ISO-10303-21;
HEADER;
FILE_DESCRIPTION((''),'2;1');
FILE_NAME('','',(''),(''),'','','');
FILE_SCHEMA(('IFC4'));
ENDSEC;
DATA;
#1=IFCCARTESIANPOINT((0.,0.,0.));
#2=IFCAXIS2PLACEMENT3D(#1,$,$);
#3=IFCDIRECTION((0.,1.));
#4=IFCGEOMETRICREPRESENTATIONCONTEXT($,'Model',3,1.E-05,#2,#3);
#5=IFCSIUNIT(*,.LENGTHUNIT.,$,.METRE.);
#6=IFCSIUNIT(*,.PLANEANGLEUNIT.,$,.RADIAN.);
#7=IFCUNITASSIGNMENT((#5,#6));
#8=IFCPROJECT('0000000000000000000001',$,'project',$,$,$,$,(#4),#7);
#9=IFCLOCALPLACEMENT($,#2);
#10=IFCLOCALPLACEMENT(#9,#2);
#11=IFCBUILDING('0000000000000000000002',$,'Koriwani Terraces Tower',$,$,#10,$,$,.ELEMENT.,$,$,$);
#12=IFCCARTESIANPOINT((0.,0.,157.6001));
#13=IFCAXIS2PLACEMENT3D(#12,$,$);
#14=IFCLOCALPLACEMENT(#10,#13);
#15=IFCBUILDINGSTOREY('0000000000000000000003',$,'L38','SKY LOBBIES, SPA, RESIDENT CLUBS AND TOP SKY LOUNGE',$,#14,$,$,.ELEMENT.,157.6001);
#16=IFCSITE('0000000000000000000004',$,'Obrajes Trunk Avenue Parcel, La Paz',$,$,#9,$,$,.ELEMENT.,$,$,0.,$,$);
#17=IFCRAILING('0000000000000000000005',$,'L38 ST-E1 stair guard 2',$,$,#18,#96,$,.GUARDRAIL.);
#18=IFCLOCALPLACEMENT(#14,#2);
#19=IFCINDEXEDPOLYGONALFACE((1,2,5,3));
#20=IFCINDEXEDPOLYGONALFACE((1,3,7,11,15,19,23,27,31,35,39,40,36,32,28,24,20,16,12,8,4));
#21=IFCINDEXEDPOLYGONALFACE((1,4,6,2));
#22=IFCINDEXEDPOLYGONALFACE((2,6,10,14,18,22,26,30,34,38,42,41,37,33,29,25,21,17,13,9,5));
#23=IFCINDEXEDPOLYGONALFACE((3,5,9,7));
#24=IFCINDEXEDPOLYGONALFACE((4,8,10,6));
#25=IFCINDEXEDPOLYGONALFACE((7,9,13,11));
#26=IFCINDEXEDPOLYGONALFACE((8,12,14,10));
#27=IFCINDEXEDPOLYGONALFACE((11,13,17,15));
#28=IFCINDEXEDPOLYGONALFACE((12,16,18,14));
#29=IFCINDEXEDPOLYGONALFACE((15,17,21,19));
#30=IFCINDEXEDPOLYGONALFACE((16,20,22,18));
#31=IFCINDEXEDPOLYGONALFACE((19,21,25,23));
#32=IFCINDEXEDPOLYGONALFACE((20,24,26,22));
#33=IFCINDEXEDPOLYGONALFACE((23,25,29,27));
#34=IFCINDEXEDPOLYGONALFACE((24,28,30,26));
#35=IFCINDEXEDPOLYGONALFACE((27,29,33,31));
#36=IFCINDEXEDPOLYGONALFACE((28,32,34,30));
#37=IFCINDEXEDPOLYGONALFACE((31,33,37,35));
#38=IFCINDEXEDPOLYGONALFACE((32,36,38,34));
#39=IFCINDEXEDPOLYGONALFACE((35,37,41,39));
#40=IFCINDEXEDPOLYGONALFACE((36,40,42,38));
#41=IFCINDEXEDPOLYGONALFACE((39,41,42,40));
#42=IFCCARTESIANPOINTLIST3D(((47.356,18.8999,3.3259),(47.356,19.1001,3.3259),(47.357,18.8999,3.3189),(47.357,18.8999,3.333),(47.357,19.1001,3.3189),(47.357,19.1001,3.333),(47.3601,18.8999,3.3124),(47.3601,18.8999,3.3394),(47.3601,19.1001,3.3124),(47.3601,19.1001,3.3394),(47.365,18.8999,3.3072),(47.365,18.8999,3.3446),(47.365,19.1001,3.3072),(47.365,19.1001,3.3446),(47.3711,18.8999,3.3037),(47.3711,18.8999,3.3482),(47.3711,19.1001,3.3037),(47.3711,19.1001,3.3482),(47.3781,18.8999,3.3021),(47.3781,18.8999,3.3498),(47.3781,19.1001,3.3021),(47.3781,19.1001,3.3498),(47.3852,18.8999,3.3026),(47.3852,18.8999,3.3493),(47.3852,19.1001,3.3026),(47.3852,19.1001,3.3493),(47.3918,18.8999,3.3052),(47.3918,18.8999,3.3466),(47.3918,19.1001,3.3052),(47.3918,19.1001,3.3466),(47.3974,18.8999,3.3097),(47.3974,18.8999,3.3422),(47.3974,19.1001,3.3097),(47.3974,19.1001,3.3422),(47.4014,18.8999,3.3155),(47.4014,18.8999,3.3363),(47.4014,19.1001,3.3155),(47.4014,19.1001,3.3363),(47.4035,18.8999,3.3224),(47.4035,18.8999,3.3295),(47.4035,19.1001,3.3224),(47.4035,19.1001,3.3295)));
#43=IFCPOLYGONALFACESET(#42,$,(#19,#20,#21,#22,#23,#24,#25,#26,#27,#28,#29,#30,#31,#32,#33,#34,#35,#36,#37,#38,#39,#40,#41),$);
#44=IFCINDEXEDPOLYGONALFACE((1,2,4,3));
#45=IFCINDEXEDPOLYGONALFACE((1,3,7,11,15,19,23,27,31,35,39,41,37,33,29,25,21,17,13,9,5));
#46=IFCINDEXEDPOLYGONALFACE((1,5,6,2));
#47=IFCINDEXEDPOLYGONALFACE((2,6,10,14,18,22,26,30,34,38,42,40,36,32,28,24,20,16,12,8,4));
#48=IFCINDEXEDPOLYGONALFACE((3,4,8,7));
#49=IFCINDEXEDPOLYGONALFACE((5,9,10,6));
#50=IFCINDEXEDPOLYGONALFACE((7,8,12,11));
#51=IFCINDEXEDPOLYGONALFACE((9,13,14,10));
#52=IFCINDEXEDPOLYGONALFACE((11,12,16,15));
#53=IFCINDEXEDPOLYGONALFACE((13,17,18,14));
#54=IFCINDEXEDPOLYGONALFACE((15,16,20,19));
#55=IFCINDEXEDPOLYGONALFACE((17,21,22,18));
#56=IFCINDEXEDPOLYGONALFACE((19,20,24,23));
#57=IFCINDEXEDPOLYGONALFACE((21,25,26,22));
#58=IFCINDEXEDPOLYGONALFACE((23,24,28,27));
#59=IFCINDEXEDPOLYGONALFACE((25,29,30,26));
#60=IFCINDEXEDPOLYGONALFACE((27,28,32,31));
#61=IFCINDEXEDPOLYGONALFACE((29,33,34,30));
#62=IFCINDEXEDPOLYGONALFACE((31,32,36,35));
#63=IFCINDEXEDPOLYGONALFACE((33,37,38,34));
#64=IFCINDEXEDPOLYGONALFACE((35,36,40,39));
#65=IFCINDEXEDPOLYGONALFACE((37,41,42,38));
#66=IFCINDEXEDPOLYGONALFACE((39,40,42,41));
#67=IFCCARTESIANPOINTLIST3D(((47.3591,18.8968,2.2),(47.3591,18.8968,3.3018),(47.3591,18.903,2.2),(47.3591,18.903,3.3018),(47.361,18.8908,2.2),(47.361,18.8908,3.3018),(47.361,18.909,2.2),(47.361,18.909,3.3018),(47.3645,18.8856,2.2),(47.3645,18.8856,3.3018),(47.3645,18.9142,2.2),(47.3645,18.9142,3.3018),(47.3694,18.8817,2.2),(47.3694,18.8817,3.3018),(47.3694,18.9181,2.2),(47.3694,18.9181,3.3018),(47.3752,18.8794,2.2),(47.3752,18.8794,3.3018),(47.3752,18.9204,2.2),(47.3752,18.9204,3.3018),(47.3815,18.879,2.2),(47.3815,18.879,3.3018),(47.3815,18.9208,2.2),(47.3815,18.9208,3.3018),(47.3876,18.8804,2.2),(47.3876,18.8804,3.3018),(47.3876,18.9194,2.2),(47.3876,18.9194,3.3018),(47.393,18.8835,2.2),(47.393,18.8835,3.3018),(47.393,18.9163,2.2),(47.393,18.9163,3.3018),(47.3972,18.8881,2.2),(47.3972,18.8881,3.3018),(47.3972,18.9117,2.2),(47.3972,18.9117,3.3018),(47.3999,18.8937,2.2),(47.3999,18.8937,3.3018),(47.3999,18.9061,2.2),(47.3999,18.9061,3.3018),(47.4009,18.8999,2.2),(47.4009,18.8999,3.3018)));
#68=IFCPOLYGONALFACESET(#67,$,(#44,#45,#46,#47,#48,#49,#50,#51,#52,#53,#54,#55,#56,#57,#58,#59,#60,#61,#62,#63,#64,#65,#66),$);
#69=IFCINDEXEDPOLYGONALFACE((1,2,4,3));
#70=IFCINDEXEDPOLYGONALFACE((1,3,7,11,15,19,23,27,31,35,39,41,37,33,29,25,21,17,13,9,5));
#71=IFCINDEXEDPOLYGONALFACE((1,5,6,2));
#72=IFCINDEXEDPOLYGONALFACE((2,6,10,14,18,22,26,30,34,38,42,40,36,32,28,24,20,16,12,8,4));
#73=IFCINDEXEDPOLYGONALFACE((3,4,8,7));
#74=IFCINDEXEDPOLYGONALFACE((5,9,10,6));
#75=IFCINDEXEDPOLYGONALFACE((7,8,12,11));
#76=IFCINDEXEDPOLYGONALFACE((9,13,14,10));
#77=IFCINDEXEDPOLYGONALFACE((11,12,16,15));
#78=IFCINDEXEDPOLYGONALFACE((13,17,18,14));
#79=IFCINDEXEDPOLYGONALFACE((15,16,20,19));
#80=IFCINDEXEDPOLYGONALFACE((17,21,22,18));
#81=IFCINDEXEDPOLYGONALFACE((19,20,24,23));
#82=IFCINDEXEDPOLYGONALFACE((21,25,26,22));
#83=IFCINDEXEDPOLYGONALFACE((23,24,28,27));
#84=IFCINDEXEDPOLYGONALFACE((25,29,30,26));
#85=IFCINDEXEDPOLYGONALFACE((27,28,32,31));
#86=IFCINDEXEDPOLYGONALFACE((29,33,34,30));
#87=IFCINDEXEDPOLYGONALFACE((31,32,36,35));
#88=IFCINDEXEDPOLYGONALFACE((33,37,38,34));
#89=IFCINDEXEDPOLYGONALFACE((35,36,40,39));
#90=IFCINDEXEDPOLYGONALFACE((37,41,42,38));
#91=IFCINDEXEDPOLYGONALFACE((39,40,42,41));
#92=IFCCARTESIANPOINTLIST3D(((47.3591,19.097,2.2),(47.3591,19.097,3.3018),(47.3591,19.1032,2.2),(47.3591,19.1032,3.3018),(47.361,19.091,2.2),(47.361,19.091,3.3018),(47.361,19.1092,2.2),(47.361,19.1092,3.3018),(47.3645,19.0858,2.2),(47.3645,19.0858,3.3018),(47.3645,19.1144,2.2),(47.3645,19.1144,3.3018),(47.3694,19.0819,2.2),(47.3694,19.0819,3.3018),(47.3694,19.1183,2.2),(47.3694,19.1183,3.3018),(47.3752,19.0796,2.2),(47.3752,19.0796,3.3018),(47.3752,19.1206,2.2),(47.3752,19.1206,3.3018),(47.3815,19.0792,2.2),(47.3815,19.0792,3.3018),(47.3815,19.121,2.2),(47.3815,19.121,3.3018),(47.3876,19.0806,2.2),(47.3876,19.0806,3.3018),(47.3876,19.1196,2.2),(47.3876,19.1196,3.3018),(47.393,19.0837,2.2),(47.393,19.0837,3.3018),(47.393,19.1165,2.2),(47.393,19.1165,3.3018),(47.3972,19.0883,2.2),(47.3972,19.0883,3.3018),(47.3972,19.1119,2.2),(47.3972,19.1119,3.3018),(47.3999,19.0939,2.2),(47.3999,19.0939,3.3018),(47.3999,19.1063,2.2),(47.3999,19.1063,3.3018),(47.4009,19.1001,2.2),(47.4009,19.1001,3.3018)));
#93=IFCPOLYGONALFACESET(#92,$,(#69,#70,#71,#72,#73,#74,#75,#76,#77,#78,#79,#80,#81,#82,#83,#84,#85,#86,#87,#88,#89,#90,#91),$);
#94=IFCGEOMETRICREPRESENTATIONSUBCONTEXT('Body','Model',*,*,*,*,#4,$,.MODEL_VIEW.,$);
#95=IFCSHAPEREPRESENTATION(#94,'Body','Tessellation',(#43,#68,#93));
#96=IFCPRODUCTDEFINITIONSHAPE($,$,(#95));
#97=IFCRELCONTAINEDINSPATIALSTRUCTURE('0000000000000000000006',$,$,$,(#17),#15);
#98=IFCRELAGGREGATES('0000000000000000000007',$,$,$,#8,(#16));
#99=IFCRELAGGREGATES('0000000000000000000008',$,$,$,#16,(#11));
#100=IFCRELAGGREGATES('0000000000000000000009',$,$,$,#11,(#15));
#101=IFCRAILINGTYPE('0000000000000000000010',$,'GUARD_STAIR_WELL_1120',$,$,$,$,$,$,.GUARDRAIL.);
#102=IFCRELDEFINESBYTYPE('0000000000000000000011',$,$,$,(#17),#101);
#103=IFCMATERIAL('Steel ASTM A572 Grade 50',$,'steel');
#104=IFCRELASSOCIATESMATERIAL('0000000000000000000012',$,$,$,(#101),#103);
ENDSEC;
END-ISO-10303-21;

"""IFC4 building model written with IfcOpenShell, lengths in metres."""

from ifc_helpers import new_model, si_unit, direction, frame, origin, origin_2d, place, context, subcontext, project, spatial, circle, extrude, material, type_object, element, save


model = new_model("IFC4")

# Units and contexts
model_context = context("Model", 3, precision=1e-05, world=origin(), true_north=direction((0.0, 1.0)))
body_context = subcontext(model_context, "Body", "Model", "MODEL_VIEW")
ifc_project = project(units=[si_unit("LENGTHUNIT", "METRE"), si_unit("PLANEANGLEUNIT", "RADIAN")], contexts=[model_context])

# Site, building, storey
site_placement = place(None, origin())
site = spatial("IfcSite", under=ifc_project, at=site_placement, Name="Obrajes Trunk Avenue Parcel, La Paz", CompositionType="ELEMENT", RefElevation=0.0)
building_placement = place(site_placement, origin())
building = spatial("IfcBuilding", under=site, at=building_placement, Name="Koriwani Terraces Tower", CompositionType="ELEMENT")
storey_placement = place(building_placement, frame((0.0, 0.0, 157.6001)))
storey = spatial("IfcBuildingStorey", under=building, at=storey_placement, Name="L38", Description="SKY LOBBIES, SPA, RESIDENT CLUBS AND TOP SKY LOUNGE", CompositionType="ELEMENT", Elevation=157.6001)

# Shared definitions
ifc_material_1 = material(Name="Steel ASTM A572 Grade 50", Category="steel")

# Railing
railing_type_1 = type_object("IfcRailingType", Name="GUARD_STAIR_WELL_1120", PredefinedType="GUARDRAIL", material=ifc_material_1)
railing_1_placement = place(storey_placement, frame((47.3799, 18.8999, 2.2)))
element("IfcRailing", 1, at=railing_1_placement, inside=storey, type_object=railing_type_1, Name="L38 ST-E1 stair guard 2", PredefinedType="GUARDRAIL", context=body_context, shape_type="SweptSolid", body=[
    extrude(circle(Radius=0.0239, at=origin_2d()), frame((0.0, 0.0, 1.126), z_axis=(0.0, 1.0, 0.0), x_axis=(-1.0, 0.0, 0.0)), (0.0, 0.0, 1.0), 0.2002),
    extrude(circle(Radius=0.021, at=origin_2d()), origin(), (0.0, 0.0, 1.0), 1.1018),
    extrude(circle(Radius=0.021, at=origin_2d()), frame((0.0, 0.2002, 0.0)), (0.0, 0.0, 1.0), 1.1018),
])

save(model, "model.ifc")
